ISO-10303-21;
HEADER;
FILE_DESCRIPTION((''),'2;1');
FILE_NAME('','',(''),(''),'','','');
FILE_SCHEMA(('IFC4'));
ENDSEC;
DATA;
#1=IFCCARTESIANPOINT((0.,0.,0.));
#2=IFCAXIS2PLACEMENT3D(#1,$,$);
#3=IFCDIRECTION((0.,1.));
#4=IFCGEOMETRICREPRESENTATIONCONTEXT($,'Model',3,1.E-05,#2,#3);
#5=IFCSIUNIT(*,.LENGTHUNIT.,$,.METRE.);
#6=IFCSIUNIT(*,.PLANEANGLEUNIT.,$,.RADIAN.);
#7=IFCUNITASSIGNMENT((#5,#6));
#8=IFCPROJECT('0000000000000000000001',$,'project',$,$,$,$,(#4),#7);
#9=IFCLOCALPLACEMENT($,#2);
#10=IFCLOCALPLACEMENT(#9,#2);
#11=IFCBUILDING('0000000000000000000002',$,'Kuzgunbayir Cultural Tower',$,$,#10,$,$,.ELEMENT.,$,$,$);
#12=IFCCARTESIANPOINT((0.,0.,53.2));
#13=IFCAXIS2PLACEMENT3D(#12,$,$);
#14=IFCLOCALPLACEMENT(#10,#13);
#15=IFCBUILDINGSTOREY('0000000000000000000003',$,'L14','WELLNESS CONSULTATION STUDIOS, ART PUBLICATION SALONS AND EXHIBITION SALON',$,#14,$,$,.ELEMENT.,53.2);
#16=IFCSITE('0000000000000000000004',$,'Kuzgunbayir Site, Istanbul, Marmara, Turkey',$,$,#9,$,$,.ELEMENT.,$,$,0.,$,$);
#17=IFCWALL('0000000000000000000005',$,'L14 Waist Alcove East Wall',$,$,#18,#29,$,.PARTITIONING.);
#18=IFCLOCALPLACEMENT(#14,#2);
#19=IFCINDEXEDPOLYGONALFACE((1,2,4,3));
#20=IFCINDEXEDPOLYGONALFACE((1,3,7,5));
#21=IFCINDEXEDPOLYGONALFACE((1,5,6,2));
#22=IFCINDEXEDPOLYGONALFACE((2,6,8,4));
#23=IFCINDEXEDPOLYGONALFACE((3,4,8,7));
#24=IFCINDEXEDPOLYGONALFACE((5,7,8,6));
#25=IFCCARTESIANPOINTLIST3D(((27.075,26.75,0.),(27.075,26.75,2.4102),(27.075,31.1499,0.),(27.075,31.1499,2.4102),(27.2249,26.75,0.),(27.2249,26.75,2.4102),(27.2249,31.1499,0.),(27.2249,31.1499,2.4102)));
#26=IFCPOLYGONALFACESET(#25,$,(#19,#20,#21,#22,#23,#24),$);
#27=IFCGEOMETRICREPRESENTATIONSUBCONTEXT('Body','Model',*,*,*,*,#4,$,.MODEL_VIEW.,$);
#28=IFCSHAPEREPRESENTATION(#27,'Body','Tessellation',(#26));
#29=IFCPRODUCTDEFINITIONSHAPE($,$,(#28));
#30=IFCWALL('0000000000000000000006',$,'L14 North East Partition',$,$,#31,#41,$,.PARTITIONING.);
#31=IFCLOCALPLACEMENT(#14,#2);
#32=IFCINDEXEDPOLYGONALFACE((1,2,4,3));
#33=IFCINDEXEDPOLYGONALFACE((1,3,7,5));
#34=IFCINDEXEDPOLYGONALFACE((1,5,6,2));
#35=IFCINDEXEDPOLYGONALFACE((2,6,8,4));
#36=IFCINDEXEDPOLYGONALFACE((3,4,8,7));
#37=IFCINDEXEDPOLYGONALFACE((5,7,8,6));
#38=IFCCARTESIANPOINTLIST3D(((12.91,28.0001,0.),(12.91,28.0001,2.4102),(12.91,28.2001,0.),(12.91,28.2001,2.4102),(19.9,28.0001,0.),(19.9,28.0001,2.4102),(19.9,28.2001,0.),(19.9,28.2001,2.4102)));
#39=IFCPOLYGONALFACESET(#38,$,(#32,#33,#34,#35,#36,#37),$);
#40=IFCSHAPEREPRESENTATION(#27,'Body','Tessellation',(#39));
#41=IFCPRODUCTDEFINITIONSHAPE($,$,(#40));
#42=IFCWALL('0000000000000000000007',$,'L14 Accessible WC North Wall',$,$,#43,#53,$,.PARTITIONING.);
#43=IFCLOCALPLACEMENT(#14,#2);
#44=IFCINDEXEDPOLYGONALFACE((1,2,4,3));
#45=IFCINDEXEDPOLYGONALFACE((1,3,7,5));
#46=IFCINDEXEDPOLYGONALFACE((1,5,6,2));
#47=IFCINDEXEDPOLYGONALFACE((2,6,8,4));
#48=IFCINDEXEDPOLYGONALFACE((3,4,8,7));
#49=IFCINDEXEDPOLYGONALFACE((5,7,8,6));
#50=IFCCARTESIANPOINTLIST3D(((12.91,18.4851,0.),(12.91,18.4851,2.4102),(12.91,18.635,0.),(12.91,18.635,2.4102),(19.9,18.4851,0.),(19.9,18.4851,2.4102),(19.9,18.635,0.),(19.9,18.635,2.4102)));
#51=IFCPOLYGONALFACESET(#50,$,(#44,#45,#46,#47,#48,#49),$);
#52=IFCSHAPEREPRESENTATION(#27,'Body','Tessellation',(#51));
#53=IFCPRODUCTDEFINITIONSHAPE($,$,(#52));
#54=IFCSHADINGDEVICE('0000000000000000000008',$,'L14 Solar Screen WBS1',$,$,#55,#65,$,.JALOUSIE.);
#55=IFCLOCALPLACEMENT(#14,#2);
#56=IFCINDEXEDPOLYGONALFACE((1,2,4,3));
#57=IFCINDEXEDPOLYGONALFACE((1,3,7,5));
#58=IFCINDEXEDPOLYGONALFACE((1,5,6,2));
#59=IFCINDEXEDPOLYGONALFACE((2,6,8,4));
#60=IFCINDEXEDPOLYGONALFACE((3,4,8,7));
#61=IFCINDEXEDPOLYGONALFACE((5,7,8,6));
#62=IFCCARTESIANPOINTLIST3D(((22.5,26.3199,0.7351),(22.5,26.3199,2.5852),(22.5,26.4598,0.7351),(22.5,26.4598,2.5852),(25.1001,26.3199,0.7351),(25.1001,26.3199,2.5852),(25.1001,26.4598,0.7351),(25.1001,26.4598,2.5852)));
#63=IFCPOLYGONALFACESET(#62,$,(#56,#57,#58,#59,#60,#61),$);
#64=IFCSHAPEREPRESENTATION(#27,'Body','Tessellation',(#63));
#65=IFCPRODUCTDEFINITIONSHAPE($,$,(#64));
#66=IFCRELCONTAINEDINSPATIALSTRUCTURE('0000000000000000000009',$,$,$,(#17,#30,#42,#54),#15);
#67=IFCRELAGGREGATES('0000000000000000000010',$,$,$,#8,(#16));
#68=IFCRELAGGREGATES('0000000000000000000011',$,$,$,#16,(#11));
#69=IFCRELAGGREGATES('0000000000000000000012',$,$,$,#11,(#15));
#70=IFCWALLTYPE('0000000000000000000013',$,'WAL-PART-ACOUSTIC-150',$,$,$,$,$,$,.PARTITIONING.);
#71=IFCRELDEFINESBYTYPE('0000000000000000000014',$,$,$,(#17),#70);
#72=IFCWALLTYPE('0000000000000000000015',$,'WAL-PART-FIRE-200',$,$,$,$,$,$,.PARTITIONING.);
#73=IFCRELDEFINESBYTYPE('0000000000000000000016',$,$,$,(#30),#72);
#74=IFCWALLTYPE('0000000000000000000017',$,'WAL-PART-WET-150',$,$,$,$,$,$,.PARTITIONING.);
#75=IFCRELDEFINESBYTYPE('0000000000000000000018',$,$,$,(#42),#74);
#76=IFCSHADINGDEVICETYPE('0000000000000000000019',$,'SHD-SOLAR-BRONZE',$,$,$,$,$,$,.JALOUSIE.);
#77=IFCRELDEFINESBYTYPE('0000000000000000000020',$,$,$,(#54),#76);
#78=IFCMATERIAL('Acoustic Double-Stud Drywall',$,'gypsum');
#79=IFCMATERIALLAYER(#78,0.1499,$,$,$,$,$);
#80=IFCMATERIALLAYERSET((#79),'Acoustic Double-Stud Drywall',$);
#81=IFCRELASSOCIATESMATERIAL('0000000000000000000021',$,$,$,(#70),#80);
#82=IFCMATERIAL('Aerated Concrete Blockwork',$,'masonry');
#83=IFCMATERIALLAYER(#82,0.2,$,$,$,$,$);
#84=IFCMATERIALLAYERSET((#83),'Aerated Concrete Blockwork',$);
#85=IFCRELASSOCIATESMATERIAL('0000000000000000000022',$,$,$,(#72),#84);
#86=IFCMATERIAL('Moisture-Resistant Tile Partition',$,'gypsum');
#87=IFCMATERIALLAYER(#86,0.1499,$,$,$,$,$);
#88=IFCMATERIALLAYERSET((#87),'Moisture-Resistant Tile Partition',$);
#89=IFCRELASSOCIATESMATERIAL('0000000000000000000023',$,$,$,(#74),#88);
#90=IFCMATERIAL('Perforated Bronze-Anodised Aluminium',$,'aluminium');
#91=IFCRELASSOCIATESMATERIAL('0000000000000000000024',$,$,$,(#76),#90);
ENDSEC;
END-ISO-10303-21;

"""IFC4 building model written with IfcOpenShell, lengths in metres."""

from ifc_helpers import new_model, si_unit, direction, frame, frame_2d, origin, origin_2d, place, context, subcontext, project, spatial, rectangle, extrude, material, layer, layer_set, type_object, element, save


model = new_model("IFC4")

# Units and contexts
model_context = context("Model", 3, precision=1e-05, world=origin(), true_north=direction((0.0, 1.0)))
body_context = subcontext(model_context, "Body", "Model", "MODEL_VIEW")
ifc_project = project(units=[si_unit("LENGTHUNIT", "METRE"), si_unit("PLANEANGLEUNIT", "RADIAN")], contexts=[model_context])

# Site, building, storey
site_placement = place(None, origin())
site = spatial("IfcSite", under=ifc_project, at=site_placement, Name="Kuzgunbayir Site, Istanbul, Marmara, Turkey", CompositionType="ELEMENT", RefElevation=0.0)
building_placement = place(site_placement, origin())
building = spatial("IfcBuilding", under=site, at=building_placement, Name="Kuzgunbayir Cultural Tower", CompositionType="ELEMENT")
storey_placement = place(building_placement, frame((0.0, 0.0, 53.2)))
storey = spatial("IfcBuildingStorey", under=building, at=storey_placement, Name="L14", Description="WELLNESS CONSULTATION STUDIOS, ART PUBLICATION SALONS AND EXHIBITION SALON", CompositionType="ELEMENT", Elevation=53.2)

# Walls
ifc_material_1 = material(Name="Acoustic Double-Stud Drywall", Category="gypsum")
ifc_layer_1 = layer(ifc_material_1, 0.1499)
ifc_layer_set_1 = layer_set([ifc_layer_1], Name="Acoustic Double-Stud Drywall")
wall_type_1 = type_object("IfcWallType", Name="WAL-PART-ACOUSTIC-150", PredefinedType="PARTITIONING", material=ifc_layer_set_1)
wall_1_placement = place(storey_placement, frame((27.1499, 26.75, 0.0), z_axis=(0.0, 0.0, 1.0), x_axis=(0.0, 1.0, 0.0)))
element("IfcWall", 1, at=wall_1_placement, inside=storey, type_object=wall_type_1, Name="L14 Waist Alcove East Wall", PredefinedType="PARTITIONING", context=body_context, shape_type="SweptSolid", body=[
    extrude(rectangle(XDim=4.3999, YDim=0.1499, at=frame_2d((2.2, 0.0))), origin(), (0.0, 0.0, 1.0), 2.4102),
])
ifc_material_2 = material(Name="Aerated Concrete Blockwork", Category="masonry")
ifc_layer_2 = layer(ifc_material_2, 0.2)
ifc_layer_set_2 = layer_set([ifc_layer_2], Name="Aerated Concrete Blockwork")
wall_type_2 = type_object("IfcWallType", Name="WAL-PART-FIRE-200", PredefinedType="PARTITIONING", material=ifc_layer_set_2)
wall_2_placement = place(storey_placement, frame((12.9099, 28.1001, 0.0), z_axis=(0.0, 0.0, 1.0), x_axis=(1.0, 0.0, 0.0)))
element("IfcWall", 2, at=wall_2_placement, inside=storey, type_object=wall_type_2, Name="L14 North East Partition", PredefinedType="PARTITIONING", context=body_context, shape_type="SweptSolid", body=[
    extrude(rectangle(XDim=6.99, YDim=0.2, at=frame_2d((3.4951, 0.0))), origin(), (0.0, 0.0, 1.0), 2.4102),
])
ifc_material_3 = material(Name="Moisture-Resistant Tile Partition", Category="gypsum")
ifc_layer_3 = layer(ifc_material_3, 0.1499)
ifc_layer_set_3 = layer_set([ifc_layer_3], Name="Moisture-Resistant Tile Partition")
wall_type_3 = type_object("IfcWallType", Name="WAL-PART-WET-150", PredefinedType="PARTITIONING", material=ifc_layer_set_3)
wall_3_placement = place(storey_placement, frame((12.9099, 18.5601, 0.0), z_axis=(0.0, 0.0, 1.0), x_axis=(1.0, 0.0, 0.0)))
element("IfcWall", 3, at=wall_3_placement, inside=storey, type_object=wall_type_3, Name="L14 Accessible WC North Wall", PredefinedType="PARTITIONING", context=body_context, shape_type="SweptSolid", body=[
    extrude(rectangle(XDim=6.99, YDim=0.1499, at=frame_2d((3.4951, 0.0))), origin(), (0.0, 0.0, 1.0), 2.4102),
])

# Shading device
ifc_material_4 = material(Name="Perforated Bronze-Anodised Aluminium", Category="aluminium")
shading_device_type = type_object("IfcShadingDeviceType", Name="SHD-SOLAR-BRONZE", PredefinedType="JALOUSIE", material=ifc_material_4)
shading_device_placement = place(storey_placement, frame((23.8, 26.3899, 0.7351), z_axis=(0.0, 0.0, 1.0), x_axis=(1.0, 0.0, 0.0)))
element("IfcShadingDevice", 4, at=shading_device_placement, inside=storey, type_object=shading_device_type, Name="L14 Solar Screen WBS1", PredefinedType="JALOUSIE", context=body_context, shape_type="SweptSolid", body=[
    extrude(rectangle(XDim=2.6001, YDim=0.1399, at=origin_2d()), origin(), (0.0, 0.0, 1.0), 1.8501),
])

save(model, "model.ifc")
